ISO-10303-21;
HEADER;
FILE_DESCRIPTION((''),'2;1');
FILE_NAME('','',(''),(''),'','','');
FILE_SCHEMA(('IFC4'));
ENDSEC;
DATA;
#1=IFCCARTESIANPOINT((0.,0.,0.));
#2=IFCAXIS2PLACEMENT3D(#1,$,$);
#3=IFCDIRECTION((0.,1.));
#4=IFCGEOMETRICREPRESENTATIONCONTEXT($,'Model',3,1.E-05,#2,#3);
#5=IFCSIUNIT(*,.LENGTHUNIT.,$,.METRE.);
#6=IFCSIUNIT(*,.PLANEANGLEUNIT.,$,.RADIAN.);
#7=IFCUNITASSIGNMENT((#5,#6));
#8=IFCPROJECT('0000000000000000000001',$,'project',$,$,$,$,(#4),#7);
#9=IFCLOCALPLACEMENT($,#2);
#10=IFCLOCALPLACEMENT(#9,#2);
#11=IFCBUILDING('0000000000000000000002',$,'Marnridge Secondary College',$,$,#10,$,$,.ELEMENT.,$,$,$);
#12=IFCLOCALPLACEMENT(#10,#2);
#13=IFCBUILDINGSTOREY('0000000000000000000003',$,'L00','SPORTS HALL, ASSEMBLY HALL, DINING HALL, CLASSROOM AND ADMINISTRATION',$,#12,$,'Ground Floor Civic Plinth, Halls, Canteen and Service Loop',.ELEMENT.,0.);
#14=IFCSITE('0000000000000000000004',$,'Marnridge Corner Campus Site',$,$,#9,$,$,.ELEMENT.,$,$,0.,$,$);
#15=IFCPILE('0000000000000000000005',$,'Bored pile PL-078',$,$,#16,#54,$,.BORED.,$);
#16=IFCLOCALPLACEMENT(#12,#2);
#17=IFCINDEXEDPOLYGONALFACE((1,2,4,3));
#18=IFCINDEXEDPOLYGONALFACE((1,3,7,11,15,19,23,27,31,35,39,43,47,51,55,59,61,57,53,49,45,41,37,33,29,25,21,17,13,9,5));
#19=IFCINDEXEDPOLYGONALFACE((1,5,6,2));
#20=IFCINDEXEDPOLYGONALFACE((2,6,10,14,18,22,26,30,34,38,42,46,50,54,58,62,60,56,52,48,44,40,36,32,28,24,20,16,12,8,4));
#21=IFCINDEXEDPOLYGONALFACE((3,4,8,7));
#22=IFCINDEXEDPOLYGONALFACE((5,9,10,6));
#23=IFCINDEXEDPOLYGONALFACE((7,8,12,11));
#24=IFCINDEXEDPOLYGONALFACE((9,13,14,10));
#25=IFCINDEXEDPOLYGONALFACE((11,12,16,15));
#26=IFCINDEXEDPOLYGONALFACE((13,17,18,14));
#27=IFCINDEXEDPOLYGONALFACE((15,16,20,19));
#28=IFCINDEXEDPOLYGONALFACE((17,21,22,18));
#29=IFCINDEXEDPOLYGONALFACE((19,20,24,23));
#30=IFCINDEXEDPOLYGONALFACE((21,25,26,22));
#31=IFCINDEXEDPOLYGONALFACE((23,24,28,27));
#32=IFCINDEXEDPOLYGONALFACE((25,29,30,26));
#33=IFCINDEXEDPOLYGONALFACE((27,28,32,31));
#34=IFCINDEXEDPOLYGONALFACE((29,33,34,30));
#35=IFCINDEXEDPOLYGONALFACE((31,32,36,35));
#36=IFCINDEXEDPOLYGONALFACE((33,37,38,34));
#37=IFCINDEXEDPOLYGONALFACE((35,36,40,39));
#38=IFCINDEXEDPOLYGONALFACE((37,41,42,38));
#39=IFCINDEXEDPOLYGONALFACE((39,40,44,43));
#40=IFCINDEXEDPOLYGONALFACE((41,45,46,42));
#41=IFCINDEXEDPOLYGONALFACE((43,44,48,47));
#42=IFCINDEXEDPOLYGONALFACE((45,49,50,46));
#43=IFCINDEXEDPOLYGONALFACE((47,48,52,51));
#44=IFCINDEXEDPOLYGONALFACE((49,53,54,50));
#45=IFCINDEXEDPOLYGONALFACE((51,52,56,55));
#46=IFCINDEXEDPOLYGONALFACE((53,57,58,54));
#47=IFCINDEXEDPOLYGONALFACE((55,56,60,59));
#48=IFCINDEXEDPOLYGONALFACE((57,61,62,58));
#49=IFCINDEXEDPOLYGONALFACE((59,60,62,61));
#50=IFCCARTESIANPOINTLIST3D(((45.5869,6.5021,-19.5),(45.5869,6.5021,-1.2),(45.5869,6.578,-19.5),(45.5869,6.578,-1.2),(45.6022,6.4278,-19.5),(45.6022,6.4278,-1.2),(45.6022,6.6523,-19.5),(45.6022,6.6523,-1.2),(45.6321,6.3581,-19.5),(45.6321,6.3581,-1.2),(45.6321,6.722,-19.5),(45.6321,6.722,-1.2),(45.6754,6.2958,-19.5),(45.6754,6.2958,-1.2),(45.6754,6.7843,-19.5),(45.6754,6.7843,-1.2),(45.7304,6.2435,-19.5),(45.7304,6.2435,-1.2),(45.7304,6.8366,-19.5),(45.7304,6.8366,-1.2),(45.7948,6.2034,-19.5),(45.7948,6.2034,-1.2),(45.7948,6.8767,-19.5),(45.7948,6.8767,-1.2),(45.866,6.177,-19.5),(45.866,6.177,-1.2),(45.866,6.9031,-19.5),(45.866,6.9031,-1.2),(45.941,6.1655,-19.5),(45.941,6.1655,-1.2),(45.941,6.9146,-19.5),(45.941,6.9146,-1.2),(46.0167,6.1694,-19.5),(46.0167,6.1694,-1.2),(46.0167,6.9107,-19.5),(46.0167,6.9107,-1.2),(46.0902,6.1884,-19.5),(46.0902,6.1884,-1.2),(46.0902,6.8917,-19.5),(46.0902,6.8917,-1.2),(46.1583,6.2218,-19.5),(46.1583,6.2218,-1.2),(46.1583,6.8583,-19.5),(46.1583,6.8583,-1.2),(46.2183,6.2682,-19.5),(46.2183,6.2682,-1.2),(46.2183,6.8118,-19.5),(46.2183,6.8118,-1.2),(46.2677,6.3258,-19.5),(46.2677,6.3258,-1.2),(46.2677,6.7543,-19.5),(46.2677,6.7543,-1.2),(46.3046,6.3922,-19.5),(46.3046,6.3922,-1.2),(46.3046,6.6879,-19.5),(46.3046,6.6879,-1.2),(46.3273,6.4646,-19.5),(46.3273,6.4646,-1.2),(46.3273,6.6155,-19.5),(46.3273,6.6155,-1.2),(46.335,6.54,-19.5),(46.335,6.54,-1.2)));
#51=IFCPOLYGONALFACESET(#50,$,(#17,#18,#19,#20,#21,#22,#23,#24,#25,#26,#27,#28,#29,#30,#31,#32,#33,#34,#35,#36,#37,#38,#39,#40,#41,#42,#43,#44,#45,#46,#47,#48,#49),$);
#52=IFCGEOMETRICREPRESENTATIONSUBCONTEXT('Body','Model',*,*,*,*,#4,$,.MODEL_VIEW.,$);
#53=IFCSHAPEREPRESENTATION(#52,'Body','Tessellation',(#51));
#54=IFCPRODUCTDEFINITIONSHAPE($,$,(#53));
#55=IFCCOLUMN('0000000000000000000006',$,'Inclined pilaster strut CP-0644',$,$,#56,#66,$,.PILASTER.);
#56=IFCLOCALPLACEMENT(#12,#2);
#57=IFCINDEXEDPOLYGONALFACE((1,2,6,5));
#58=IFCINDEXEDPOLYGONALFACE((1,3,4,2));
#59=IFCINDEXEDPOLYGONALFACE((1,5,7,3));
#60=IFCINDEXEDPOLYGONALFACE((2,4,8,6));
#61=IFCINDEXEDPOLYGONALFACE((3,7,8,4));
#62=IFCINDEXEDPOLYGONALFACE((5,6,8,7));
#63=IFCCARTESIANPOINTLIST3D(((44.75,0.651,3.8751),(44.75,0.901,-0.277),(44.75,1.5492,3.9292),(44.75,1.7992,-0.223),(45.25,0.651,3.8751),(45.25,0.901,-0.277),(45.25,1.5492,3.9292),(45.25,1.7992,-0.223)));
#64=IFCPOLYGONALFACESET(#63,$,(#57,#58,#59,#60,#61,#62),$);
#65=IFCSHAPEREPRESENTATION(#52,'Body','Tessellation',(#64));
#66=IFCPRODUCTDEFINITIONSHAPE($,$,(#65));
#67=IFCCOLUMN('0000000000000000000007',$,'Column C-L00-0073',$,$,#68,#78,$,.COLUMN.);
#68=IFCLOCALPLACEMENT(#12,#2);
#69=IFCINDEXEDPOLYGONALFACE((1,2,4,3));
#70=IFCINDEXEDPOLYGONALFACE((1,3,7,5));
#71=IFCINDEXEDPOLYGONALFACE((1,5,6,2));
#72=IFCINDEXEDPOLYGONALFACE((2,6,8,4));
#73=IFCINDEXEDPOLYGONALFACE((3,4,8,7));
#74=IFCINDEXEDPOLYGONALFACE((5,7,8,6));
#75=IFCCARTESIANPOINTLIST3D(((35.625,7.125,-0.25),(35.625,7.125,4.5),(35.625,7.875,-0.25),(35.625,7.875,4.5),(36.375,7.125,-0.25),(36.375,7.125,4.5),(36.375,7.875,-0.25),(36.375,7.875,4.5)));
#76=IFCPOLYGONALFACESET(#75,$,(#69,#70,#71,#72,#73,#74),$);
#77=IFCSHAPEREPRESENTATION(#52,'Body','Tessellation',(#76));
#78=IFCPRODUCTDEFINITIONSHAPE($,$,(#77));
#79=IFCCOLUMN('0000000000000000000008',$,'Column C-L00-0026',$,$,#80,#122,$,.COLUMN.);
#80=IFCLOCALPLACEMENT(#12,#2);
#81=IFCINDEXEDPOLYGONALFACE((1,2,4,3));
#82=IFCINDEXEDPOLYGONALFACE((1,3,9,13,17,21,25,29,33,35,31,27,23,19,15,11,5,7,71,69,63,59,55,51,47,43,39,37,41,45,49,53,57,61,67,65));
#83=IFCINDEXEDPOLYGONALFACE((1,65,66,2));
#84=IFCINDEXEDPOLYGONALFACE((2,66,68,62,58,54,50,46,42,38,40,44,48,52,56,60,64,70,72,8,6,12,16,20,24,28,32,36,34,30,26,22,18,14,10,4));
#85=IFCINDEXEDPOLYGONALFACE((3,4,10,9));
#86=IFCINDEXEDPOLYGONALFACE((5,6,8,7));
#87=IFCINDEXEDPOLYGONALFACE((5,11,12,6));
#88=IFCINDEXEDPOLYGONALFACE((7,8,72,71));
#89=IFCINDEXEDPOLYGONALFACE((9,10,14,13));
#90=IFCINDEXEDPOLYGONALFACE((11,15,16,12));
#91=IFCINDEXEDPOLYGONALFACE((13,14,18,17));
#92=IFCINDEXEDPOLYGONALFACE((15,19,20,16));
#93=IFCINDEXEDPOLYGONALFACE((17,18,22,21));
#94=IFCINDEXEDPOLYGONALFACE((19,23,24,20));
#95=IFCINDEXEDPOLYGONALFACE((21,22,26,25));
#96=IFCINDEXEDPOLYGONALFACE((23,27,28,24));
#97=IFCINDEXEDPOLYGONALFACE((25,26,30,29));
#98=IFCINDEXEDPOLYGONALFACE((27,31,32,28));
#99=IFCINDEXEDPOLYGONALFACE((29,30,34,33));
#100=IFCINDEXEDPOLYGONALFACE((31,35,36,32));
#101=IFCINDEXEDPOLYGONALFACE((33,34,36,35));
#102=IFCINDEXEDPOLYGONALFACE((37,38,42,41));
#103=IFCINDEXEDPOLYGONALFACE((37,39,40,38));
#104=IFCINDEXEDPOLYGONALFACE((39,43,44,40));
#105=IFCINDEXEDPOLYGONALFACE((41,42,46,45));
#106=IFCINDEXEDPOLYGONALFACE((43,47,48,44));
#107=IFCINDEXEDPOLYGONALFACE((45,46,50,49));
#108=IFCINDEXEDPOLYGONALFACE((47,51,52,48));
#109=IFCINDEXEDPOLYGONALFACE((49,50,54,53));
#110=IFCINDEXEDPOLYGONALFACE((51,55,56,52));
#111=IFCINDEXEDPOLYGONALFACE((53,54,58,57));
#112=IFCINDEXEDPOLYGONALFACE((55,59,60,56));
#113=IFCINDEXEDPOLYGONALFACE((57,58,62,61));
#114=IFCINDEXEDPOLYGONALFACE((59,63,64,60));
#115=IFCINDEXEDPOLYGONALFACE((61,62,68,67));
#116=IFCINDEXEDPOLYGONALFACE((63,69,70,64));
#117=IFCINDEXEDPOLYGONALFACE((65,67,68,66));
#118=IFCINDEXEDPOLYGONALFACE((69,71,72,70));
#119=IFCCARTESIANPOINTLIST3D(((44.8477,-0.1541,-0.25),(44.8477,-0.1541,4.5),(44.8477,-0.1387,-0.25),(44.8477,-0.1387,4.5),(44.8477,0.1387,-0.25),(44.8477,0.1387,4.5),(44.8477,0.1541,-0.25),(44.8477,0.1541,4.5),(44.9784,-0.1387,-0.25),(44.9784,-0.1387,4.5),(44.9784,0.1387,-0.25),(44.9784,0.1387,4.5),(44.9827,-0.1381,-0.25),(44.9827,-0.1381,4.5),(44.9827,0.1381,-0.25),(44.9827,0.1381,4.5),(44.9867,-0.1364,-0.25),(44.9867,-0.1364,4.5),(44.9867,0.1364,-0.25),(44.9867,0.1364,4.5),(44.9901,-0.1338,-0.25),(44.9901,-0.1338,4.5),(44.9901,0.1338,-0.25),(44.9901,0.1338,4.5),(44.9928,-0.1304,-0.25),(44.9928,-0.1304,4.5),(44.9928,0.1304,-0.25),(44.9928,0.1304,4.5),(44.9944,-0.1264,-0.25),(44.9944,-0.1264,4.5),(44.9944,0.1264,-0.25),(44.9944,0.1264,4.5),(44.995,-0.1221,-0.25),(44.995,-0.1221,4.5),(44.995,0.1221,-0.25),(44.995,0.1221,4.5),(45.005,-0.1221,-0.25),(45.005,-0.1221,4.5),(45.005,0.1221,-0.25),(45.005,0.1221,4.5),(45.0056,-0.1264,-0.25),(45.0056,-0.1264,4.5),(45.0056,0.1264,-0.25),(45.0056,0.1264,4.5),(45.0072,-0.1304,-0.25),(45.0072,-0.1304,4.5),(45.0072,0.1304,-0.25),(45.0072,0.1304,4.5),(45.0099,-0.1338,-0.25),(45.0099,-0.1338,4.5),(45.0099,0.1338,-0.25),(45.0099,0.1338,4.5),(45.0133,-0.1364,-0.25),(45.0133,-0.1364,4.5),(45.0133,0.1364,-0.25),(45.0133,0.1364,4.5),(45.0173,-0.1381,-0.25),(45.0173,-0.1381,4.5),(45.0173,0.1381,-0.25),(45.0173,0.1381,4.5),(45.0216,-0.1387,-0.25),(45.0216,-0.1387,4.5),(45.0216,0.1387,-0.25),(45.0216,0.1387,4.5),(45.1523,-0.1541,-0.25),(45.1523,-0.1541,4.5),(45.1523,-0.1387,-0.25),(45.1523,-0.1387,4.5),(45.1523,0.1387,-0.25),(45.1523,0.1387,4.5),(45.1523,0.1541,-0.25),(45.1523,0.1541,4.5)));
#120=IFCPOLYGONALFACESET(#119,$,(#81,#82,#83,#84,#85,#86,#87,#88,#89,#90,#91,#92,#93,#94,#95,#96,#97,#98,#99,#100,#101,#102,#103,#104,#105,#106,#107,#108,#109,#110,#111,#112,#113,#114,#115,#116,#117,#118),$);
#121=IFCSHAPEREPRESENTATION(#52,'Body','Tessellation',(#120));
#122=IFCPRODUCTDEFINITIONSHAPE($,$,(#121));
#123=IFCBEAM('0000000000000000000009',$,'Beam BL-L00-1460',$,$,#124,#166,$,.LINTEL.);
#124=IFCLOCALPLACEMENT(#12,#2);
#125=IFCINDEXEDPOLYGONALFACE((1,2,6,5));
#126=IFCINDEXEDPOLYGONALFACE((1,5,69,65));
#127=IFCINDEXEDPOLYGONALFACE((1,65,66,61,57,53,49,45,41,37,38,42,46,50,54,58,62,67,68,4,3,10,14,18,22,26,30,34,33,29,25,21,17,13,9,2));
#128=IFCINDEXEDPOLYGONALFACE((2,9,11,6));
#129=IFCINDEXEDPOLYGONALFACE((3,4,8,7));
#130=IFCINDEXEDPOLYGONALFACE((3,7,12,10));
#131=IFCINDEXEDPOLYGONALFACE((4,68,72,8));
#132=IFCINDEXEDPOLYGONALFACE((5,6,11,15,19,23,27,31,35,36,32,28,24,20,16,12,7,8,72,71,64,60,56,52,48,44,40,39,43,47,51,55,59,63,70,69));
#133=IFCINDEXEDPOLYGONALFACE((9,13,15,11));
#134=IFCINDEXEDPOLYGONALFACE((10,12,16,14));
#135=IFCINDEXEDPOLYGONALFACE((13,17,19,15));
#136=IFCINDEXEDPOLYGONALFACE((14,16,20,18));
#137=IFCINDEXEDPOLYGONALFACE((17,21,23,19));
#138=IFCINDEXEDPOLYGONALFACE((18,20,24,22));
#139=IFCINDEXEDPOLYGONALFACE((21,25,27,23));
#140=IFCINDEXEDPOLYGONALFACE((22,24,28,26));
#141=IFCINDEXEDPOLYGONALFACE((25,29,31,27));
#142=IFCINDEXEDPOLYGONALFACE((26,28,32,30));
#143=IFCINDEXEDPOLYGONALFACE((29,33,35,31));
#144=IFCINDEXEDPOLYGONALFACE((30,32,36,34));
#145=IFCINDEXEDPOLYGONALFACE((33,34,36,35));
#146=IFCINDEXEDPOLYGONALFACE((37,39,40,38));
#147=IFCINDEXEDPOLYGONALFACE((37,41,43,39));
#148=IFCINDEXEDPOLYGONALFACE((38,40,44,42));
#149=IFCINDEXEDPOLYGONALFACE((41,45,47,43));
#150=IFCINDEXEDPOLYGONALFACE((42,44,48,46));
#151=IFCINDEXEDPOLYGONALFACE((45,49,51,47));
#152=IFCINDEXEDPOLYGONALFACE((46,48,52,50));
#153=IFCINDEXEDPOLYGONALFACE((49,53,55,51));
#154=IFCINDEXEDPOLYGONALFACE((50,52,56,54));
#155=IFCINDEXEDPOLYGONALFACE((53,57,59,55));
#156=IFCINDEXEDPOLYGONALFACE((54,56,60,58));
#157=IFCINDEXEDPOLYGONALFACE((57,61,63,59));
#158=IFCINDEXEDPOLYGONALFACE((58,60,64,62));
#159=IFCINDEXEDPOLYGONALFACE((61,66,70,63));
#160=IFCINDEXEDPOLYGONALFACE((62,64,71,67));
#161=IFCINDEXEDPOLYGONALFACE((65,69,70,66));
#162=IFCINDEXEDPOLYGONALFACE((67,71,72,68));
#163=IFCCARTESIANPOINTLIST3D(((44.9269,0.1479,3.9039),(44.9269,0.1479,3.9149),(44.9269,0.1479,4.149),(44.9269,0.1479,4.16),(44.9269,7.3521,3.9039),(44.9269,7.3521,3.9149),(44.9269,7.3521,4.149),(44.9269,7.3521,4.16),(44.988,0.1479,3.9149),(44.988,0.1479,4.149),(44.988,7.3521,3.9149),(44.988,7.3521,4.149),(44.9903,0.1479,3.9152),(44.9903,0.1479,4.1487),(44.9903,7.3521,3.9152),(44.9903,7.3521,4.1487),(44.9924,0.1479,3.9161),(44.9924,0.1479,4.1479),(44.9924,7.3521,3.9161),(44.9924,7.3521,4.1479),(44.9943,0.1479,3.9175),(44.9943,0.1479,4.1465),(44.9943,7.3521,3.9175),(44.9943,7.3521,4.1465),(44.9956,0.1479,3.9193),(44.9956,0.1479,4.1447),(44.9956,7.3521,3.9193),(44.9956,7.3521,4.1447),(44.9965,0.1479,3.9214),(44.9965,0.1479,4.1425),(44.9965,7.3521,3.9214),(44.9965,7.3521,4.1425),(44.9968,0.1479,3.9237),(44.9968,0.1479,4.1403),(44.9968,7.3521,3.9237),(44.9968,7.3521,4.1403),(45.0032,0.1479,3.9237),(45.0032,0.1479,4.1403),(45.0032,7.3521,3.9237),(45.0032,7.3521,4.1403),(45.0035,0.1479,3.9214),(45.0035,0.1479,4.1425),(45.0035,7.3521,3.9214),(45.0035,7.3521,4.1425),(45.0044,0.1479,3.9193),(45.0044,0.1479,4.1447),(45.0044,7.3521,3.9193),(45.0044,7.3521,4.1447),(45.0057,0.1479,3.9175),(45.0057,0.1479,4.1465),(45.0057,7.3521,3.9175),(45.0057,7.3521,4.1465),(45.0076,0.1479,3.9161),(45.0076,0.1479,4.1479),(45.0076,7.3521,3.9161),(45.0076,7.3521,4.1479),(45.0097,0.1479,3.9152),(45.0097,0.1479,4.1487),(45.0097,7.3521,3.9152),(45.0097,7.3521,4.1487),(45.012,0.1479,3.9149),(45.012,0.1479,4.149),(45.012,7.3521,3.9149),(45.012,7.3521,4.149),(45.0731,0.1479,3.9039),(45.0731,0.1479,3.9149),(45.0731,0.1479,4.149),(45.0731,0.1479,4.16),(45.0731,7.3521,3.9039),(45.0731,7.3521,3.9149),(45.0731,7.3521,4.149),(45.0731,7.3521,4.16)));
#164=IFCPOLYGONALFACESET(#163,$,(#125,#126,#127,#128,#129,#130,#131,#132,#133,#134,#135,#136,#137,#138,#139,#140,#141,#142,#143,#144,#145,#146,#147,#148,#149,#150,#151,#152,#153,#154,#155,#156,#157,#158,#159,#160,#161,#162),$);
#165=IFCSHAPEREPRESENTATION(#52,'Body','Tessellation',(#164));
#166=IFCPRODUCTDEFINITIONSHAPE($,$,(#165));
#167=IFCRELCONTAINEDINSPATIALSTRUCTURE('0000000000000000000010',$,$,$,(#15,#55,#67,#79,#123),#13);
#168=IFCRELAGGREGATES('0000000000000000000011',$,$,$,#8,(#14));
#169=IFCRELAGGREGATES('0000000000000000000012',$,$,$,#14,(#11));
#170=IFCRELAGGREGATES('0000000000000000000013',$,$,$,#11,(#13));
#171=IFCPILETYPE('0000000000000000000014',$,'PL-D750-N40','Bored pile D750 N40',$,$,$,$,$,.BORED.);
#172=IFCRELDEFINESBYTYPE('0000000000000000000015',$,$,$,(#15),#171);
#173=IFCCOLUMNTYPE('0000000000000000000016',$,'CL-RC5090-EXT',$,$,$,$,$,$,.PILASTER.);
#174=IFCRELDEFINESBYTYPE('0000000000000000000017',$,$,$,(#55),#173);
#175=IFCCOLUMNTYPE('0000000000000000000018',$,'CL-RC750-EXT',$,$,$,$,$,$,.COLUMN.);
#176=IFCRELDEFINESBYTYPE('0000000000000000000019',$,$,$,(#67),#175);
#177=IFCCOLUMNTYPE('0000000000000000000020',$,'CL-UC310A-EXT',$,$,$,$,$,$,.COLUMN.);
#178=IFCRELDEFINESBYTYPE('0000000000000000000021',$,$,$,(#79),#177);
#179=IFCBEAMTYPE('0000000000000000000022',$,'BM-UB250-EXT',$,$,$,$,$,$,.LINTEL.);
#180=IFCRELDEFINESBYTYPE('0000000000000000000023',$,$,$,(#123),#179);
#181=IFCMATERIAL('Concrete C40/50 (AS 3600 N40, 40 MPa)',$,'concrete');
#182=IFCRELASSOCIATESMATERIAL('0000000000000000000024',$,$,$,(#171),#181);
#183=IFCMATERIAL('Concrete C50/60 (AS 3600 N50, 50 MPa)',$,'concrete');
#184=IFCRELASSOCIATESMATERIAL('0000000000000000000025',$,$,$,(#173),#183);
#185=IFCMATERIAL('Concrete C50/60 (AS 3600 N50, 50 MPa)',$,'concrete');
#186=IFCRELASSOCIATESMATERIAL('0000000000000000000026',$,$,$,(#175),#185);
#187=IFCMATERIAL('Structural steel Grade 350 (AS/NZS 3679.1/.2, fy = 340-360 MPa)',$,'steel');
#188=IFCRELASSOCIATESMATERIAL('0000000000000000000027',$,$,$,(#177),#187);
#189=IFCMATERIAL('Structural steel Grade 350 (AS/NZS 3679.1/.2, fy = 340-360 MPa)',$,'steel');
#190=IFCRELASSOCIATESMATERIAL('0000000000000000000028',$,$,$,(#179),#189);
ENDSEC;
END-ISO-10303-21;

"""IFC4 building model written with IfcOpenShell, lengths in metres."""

from ifc_helpers import new_model, si_unit, direction, frame, origin, origin_2d, place, context, subcontext, project, spatial, rectangle, circle, i_section, extrude, material, material_profile, profile_set, type_object, element, save


model = new_model("IFC4")

# Units and contexts
model_context = context("Model", 3, precision=1e-05, world=origin(), true_north=direction((0.0, 1.0)))
body_context = subcontext(model_context, "Body", "Model", "MODEL_VIEW")
ifc_project = project(units=[si_unit("LENGTHUNIT", "METRE"), si_unit("PLANEANGLEUNIT", "RADIAN")], contexts=[model_context])

# Site, building, storey
site_placement = place(None, origin())
site = spatial("IfcSite", under=ifc_project, at=site_placement, Name="Marnridge Corner Campus Site", CompositionType="ELEMENT", RefElevation=0.0)
building_placement = place(site_placement, origin())
building = spatial("IfcBuilding", under=site, at=building_placement, Name="Marnridge Secondary College", CompositionType="ELEMENT")
storey_placement = place(building_placement, origin())
storey = spatial("IfcBuildingStorey", under=building, at=storey_placement, Name="L00", Description="SPORTS HALL, ASSEMBLY HALL, DINING HALL, CLASSROOM AND ADMINISTRATION", LongName="Ground Floor Civic Plinth, Halls, Canteen and Service Loop", CompositionType="ELEMENT", Elevation=0.0)

# Pile
ifc_material_1 = material(Name="Concrete C40/50 (AS 3600 N40, 40 MPa)", Category="concrete")
ifc_material_profile_1 = material_profile(ifc_material_1, circle(Radius=0.375, at=origin_2d()), Name="PILE D750")
ifc_profile_set_1 = profile_set([ifc_material_profile_1], Name="Concrete C40/50 (AS 3600 N40, 40 MPa)")
pile_type = type_object("IfcPileType", Name="PL-D750-N40", Description="Bored pile D750 N40", PredefinedType="BORED", material=ifc_profile_set_1)
for number, where, z_axis, x_axis, name in (
    (1, (45.96, 6.54, -1.2), (0.0, 0.0, -1.0), (1.0, 0.0, 0.0), "Bored pile PL-078"),
):
    element("IfcPile", number, at=place(storey_placement, frame(where, z_axis=z_axis, x_axis=x_axis)), inside=storey, type_object=pile_type, Name=name, PredefinedType="BORED", context=body_context, shape_type="SweptSolid", body=[
        extrude(circle(Radius=0.375, at=origin_2d()), origin(), (0.0, 0.0, 1.0), 18.3),
    ])

# Columns
ifc_material_2 = material(Name="Concrete C50/60 (AS 3600 N50, 50 MPa)", Category="concrete")
ifc_material_profile_2 = material_profile(ifc_material_2, rectangle(XDim=0.5, YDim=0.8999, at=origin_2d()), Name="RC 500x900")
ifc_profile_set_2 = profile_set([ifc_material_profile_2], Name="Concrete C50/60 (AS 3600 N50, 50 MPa)")
column_type_1 = type_object("IfcColumnType", Name="CL-RC5090-EXT", PredefinedType="PILASTER", material=ifc_profile_set_2)
column_1_placement = place(storey_placement, frame((45.0, 1.3501, -0.25), z_axis=(0.0, -0.060102, 0.998192), x_axis=(1.0, 0.0, 0.0)))
element("IfcColumn", 2, at=column_1_placement, inside=storey, type_object=column_type_1, Name="Inclined pilaster strut CP-0644", PredefinedType="PILASTER", context=body_context, shape_type="SweptSolid", body=[
    extrude(rectangle(XDim=0.5, YDim=0.8999, at=origin_2d()), origin(), (0.0, 0.0, 1.0), 4.1597),
])
ifc_material_3 = material(Name="Concrete C50/60 (AS 3600 N50, 50 MPa)", Category="concrete")
ifc_material_profile_3 = material_profile(ifc_material_3, rectangle(XDim=0.75, YDim=0.75, at=origin_2d()), Name="RC 750x750")
ifc_profile_set_3 = profile_set([ifc_material_profile_3], Name="Concrete C50/60 (AS 3600 N50, 50 MPa)")
column_type_2 = type_object("IfcColumnType", Name="CL-RC750-EXT", PredefinedType="COLUMN", material=ifc_profile_set_3)
column_2_placement = place(storey_placement, frame((36.0, 7.5, -0.25), z_axis=(0.0, 0.0, 1.0), x_axis=(1.0, 0.0, 0.0)))
element("IfcColumn", 3, at=column_2_placement, inside=storey, type_object=column_type_2, Name="Column C-L00-0073", PredefinedType="COLUMN", context=body_context, shape_type="SweptSolid", body=[
    extrude(rectangle(XDim=0.75, YDim=0.75, at=origin_2d()), origin(), (0.0, 0.0, 1.0), 4.75),
])
ifc_material_4 = material(Name="Structural steel Grade 350 (AS/NZS 3679.1/.2, fy = 340-360 MPa)", Category="steel")
ifc_material_profile_4 = material_profile(ifc_material_4, i_section(OverallWidth=0.3047, OverallDepth=0.3081, WebThickness=0.01, FlangeThickness=0.0154, FilletRadius=0.0166, at=origin_2d()), Name="310UC96.8")
ifc_profile_set_4 = profile_set([ifc_material_profile_4], Name="Structural steel Grade 350 (AS/NZS 3679.1/.2, fy = 340-360 MPa)")
column_type_3 = type_object("IfcColumnType", Name="CL-UC310A-EXT", PredefinedType="COLUMN", material=ifc_profile_set_4)
column_3_placement = place(storey_placement, frame((45.0, 0.0, -0.25), z_axis=(0.0, 0.0, 1.0), x_axis=(1.0, 0.0, 0.0)))
element("IfcColumn", 4, at=column_3_placement, inside=storey, type_object=column_type_3, Name="Column C-L00-0026", PredefinedType="COLUMN", context=body_context, shape_type="SweptSolid", body=[
    extrude(i_section(OverallWidth=0.3047, OverallDepth=0.3081, WebThickness=0.01, FlangeThickness=0.0154, FilletRadius=0.0166, at=origin_2d()), origin(), (0.0, 0.0, 1.0), 4.75),
])

# Beam
ifc_material_5 = material(Name="Structural steel Grade 350 (AS/NZS 3679.1/.2, fy = 340-360 MPa)", Category="steel")
ifc_material_profile_5 = material_profile(ifc_material_5, i_section(OverallWidth=0.1462, OverallDepth=0.2561, WebThickness=0.0063, FlangeThickness=0.011, FilletRadius=0.0088, at=origin_2d()), Name="250UB37.3")
ifc_profile_set_5 = profile_set([ifc_material_profile_5], Name="Structural steel Grade 350 (AS/NZS 3679.1/.2, fy = 340-360 MPa)")
beam_type = type_object("IfcBeamType", Name="BM-UB250-EXT", PredefinedType="LINTEL", material=ifc_profile_set_5)
beam_placement = place(storey_placement, frame((45.0, 0.1479, 4.032), z_axis=(0.0, 1.0, 0.0), x_axis=(-1.0, 0.0, 0.0)))
element("IfcBeam", 5, at=beam_placement, inside=storey, type_object=beam_type, Name="Beam BL-L00-1460", PredefinedType="LINTEL", context=body_context, shape_type="SweptSolid", body=[
    extrude(i_section(OverallWidth=0.1462, OverallDepth=0.2561, WebThickness=0.0063, FlangeThickness=0.011, FilletRadius=0.0088, at=origin_2d()), origin(), (0.0, 0.0, 1.0), 7.2041),
])

save(model, "model.ifc")
